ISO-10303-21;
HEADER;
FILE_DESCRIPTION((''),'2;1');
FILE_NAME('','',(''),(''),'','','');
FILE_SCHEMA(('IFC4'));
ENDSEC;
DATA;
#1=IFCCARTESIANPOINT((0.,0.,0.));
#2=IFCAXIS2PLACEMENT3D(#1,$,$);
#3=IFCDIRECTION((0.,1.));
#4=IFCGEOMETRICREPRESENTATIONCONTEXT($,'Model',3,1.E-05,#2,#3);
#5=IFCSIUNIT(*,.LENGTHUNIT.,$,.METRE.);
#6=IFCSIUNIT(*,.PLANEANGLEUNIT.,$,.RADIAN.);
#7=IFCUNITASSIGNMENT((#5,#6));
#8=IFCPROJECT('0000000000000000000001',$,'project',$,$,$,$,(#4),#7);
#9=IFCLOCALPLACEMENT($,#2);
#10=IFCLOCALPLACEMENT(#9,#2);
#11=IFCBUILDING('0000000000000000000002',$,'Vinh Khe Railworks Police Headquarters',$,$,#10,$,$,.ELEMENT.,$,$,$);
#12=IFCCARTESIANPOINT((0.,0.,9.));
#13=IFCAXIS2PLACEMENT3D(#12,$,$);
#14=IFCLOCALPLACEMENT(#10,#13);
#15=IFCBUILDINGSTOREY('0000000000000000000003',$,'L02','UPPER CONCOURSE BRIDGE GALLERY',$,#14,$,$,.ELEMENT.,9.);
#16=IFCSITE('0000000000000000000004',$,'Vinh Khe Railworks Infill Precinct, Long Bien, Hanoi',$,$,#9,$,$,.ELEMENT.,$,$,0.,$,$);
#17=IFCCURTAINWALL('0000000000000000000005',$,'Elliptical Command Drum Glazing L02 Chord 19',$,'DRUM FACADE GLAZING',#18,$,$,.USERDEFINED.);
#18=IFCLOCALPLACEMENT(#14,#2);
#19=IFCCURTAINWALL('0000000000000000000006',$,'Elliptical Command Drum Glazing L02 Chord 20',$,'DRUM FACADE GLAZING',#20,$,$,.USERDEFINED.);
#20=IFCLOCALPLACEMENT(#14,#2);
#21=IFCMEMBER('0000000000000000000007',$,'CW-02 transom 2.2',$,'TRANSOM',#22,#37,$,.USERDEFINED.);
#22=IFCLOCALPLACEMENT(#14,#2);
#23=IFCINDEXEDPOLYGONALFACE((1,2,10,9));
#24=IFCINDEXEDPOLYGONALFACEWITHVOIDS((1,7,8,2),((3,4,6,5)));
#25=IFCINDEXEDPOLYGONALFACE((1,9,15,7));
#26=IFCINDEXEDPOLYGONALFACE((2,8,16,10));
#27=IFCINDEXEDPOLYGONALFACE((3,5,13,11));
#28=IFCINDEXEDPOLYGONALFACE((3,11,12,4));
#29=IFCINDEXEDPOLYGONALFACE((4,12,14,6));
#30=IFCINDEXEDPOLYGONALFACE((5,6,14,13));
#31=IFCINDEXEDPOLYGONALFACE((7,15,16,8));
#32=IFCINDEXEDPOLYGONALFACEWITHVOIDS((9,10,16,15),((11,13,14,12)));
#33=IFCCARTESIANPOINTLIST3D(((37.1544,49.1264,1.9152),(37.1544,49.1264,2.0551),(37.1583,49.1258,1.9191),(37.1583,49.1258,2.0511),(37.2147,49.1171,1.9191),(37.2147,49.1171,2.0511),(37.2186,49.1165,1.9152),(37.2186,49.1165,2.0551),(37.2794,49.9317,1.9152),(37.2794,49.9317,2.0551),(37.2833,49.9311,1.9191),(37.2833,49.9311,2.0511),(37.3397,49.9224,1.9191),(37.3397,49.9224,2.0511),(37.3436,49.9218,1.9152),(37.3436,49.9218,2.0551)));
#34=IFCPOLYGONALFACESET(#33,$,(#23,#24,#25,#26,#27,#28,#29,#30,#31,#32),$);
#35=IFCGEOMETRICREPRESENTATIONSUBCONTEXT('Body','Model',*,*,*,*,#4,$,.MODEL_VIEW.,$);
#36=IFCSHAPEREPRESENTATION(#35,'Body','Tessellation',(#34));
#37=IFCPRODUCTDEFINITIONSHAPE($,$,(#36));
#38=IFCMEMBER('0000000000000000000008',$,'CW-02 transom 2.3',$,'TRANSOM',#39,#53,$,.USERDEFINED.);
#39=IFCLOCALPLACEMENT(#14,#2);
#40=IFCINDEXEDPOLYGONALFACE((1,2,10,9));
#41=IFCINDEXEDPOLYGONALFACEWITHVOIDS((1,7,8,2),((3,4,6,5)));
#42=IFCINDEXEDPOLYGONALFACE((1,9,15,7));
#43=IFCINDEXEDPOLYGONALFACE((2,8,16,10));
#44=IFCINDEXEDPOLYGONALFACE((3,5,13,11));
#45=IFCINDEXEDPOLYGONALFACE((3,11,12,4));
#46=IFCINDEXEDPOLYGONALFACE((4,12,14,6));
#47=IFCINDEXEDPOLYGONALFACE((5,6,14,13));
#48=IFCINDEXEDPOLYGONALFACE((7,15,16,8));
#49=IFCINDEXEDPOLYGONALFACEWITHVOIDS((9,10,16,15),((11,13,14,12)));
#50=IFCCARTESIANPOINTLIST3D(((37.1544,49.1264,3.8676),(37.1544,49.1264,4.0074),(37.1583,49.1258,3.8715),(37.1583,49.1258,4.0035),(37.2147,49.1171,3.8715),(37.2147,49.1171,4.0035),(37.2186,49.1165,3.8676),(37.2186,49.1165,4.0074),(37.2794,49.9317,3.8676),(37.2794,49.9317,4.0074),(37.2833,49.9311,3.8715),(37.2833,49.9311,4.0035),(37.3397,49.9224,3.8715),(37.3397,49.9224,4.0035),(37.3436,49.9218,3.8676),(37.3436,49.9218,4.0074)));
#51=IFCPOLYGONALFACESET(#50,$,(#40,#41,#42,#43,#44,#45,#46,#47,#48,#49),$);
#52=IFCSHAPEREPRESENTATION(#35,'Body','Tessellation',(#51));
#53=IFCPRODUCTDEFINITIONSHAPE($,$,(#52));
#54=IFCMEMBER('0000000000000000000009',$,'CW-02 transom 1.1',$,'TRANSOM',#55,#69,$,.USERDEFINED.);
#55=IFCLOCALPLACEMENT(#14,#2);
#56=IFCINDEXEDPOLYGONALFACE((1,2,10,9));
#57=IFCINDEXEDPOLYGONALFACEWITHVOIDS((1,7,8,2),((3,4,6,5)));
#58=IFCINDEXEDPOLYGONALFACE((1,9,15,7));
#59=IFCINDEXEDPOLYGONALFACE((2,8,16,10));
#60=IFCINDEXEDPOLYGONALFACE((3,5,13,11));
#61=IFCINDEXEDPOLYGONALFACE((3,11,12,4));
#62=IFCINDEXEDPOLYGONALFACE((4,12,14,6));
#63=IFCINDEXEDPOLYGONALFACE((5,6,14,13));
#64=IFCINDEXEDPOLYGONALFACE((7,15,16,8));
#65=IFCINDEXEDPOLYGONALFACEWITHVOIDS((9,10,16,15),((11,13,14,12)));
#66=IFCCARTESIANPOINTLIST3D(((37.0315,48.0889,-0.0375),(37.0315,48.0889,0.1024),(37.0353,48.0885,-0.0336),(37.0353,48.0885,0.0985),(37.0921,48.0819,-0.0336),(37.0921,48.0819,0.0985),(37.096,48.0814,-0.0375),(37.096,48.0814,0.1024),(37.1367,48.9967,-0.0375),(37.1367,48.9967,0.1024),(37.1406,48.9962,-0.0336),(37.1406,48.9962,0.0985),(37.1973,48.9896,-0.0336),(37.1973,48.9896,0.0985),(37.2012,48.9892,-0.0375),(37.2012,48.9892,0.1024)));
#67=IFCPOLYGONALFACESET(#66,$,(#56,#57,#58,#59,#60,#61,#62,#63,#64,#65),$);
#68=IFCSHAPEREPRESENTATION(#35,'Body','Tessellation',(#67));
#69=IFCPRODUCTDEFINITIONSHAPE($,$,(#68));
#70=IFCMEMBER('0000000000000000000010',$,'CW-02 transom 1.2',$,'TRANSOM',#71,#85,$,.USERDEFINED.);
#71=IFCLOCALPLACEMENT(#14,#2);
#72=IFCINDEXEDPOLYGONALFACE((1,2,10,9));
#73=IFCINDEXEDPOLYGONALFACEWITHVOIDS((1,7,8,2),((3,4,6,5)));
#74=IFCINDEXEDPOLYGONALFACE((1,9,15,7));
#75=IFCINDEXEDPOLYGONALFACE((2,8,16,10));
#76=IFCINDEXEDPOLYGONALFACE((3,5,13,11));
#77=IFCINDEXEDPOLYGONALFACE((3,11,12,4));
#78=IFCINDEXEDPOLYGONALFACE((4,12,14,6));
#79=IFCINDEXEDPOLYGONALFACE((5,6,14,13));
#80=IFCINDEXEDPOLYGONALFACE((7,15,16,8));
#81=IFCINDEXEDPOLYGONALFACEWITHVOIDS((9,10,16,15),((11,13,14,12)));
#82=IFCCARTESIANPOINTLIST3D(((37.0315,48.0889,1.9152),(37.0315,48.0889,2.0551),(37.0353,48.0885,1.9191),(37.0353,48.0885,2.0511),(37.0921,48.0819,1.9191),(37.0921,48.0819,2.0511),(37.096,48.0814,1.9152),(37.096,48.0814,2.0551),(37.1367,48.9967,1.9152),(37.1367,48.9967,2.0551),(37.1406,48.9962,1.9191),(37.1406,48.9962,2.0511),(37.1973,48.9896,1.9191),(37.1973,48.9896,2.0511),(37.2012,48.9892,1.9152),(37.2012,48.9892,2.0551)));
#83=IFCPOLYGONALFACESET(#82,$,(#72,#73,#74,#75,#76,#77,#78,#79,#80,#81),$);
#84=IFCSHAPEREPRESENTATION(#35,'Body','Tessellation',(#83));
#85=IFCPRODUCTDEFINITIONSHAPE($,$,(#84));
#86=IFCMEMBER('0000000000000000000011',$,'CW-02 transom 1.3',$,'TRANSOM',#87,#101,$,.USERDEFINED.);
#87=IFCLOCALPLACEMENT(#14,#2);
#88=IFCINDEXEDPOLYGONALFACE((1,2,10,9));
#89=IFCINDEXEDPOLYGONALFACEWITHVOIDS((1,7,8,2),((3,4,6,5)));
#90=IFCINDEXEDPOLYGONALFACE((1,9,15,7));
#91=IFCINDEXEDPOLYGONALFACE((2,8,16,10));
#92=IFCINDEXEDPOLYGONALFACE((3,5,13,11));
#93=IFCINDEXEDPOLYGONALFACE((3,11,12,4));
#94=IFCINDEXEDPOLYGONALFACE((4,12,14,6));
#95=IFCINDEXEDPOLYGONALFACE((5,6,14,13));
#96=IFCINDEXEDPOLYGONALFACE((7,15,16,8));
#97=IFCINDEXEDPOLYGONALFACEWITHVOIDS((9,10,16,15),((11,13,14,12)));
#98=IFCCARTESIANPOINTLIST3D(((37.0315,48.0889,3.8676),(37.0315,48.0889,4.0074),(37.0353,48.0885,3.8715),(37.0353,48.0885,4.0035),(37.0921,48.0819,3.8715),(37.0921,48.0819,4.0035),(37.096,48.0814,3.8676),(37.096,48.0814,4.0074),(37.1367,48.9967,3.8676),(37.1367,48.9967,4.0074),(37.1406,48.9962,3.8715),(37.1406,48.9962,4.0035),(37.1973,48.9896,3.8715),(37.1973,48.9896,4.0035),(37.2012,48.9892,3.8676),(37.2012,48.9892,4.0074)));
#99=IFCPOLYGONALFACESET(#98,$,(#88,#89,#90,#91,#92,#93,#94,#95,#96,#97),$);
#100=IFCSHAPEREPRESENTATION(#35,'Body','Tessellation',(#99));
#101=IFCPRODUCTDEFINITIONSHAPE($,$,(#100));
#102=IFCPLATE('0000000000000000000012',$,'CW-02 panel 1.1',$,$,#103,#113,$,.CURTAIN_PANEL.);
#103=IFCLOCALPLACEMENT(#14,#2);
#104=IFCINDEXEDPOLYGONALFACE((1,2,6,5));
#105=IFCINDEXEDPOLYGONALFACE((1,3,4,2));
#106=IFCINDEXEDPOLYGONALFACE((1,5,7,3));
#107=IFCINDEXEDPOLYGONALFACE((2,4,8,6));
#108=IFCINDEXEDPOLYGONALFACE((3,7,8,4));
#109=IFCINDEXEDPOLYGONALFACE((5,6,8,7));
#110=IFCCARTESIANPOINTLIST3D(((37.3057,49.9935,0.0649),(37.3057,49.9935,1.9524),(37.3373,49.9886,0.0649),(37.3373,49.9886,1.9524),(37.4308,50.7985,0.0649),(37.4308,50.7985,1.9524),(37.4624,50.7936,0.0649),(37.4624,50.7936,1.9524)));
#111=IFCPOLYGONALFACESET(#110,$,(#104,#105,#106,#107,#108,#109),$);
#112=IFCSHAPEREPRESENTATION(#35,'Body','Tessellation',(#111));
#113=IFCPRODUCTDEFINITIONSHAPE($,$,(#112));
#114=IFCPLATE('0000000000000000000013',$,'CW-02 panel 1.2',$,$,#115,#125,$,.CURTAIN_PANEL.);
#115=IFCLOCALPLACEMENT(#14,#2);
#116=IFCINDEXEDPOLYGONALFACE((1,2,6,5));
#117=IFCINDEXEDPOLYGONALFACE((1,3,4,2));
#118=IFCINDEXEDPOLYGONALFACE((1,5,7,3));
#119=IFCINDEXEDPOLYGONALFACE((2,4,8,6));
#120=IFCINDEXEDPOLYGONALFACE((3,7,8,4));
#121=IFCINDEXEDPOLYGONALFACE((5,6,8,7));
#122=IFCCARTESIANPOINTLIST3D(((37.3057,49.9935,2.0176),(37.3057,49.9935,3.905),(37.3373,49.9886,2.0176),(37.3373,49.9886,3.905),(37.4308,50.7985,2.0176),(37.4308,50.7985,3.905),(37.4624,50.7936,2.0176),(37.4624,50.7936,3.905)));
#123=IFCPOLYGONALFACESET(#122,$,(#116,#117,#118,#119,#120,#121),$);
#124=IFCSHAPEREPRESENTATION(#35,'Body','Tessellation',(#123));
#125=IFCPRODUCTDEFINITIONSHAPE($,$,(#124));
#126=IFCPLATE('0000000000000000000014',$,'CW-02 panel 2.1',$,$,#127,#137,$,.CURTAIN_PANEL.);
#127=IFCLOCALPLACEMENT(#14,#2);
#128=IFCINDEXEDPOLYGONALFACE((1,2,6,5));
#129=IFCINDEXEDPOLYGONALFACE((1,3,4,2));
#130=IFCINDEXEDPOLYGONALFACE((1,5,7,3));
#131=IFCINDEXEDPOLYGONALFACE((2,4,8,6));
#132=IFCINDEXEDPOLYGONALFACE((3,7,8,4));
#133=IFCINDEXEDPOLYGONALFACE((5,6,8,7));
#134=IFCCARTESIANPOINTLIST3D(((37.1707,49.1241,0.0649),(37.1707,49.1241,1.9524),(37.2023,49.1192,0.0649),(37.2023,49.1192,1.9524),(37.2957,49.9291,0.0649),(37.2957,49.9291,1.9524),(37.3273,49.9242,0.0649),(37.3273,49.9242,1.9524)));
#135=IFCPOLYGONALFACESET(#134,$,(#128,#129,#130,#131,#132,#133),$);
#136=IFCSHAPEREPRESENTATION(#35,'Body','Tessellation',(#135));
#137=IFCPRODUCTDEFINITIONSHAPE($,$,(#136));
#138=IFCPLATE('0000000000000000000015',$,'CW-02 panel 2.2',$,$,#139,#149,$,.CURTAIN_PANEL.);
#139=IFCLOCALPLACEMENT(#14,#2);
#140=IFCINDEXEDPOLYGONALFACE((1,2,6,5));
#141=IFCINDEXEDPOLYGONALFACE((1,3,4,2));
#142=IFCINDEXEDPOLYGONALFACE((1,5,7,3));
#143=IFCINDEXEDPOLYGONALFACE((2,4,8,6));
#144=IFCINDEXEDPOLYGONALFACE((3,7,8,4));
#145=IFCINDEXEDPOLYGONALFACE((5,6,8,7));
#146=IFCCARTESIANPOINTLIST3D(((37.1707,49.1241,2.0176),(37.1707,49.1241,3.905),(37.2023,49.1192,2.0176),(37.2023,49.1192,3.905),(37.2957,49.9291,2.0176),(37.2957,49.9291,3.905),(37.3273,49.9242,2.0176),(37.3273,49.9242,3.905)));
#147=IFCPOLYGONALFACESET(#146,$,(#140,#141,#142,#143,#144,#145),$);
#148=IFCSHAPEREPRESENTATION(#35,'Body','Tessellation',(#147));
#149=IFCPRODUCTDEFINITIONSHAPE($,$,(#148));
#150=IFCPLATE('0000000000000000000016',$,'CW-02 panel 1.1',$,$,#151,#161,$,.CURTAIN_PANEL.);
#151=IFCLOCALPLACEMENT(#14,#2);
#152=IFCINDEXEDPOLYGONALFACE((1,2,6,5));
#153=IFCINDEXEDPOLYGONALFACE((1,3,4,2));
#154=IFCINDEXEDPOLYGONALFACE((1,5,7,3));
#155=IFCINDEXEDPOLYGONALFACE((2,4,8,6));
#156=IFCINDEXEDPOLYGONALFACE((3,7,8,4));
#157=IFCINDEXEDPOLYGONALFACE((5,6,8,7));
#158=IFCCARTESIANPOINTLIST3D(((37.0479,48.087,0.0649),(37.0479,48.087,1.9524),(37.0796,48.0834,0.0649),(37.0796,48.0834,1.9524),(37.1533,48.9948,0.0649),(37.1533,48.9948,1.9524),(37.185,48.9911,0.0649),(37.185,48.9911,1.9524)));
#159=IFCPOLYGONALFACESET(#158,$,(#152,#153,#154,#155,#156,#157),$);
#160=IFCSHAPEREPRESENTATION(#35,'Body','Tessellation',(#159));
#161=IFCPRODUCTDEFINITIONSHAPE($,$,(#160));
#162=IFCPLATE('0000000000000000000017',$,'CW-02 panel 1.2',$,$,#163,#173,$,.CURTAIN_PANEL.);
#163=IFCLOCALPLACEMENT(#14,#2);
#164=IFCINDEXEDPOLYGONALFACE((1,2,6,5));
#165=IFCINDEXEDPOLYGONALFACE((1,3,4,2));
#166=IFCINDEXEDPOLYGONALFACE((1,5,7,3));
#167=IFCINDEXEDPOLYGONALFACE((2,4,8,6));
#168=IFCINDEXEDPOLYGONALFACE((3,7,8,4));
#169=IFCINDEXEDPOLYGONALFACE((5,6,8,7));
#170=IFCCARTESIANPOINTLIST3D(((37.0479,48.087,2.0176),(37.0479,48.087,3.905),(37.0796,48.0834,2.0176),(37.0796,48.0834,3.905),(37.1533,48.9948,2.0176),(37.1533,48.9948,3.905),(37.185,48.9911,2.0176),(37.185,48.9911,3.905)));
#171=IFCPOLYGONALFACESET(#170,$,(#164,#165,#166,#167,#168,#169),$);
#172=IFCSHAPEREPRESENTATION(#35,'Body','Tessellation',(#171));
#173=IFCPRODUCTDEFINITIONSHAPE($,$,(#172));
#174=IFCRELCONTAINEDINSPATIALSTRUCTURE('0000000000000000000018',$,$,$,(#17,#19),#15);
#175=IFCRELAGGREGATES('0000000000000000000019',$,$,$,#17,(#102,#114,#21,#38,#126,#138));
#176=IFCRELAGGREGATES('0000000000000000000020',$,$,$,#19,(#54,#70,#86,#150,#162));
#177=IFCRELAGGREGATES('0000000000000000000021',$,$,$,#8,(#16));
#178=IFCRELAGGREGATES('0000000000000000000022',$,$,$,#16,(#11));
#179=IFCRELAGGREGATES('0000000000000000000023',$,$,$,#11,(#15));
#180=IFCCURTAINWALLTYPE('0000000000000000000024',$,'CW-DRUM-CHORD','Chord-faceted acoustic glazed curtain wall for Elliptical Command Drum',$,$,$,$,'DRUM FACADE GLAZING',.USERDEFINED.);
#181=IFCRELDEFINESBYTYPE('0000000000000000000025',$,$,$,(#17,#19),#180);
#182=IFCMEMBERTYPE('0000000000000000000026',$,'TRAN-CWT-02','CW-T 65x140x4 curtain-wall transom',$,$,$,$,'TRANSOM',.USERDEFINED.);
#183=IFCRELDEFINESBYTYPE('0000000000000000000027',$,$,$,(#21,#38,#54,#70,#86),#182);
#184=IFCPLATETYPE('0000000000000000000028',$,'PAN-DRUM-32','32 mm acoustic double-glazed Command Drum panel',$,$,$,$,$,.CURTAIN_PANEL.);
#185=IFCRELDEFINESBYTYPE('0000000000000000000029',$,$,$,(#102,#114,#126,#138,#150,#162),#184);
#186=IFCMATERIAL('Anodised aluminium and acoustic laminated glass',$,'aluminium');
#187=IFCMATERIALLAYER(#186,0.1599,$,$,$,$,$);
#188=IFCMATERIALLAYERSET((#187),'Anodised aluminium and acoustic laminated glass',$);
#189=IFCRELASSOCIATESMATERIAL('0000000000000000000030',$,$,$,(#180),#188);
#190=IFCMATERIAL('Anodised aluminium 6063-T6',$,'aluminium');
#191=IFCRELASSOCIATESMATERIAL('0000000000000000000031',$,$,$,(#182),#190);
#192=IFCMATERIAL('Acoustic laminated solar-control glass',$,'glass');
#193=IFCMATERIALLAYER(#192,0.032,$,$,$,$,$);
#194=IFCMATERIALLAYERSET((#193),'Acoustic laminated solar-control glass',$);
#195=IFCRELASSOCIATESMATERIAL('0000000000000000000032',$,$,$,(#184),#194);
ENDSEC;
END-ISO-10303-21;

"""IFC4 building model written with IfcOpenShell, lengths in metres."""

from ifc_helpers import new_model, si_unit, direction, frame, origin, origin_2d, place, context, subcontext, project, spatial, rectangle, hollow_rectangle, extrude, material, layer, layer_set, material_profile, profile_set, type_object, element, aggregate, save


model = new_model("IFC4")

# Units and contexts
model_context = context("Model", 3, precision=1e-05, world=origin(), true_north=direction((0.0, 1.0)))
body_context = subcontext(model_context, "Body", "Model", "MODEL_VIEW")
ifc_project = project(units=[si_unit("LENGTHUNIT", "METRE"), si_unit("PLANEANGLEUNIT", "RADIAN")], contexts=[model_context])

# Site, building, storey
site_placement = place(None, origin())
site = spatial("IfcSite", under=ifc_project, at=site_placement, Name="Vinh Khe Railworks Infill Precinct, Long Bien, Hanoi", CompositionType="ELEMENT", RefElevation=0.0)
building_placement = place(site_placement, origin())
building = spatial("IfcBuilding", under=site, at=building_placement, Name="Vinh Khe Railworks Police Headquarters", CompositionType="ELEMENT")
storey_placement = place(building_placement, frame((0.0, 0.0, 9.0)))
storey = spatial("IfcBuildingStorey", under=building, at=storey_placement, Name="L02", Description="UPPER CONCOURSE BRIDGE GALLERY", CompositionType="ELEMENT", Elevation=9.0)

# Curtain wall
ifc_material_1 = material(Name="Anodised aluminium and acoustic laminated glass", Category="aluminium")
ifc_layer_1 = layer(ifc_material_1, 0.1599)
ifc_layer_set_1 = layer_set([ifc_layer_1], Name="Anodised aluminium and acoustic laminated glass")
curtain_wall_type = type_object("IfcCurtainWallType", Name="CW-DRUM-CHORD", Description="Chord-faceted acoustic glazed curtain wall for Elliptical Command Drum", ElementType="DRUM FACADE GLAZING", PredefinedType="USERDEFINED", material=ifc_layer_set_1)
curtain_wall_1_placement = place(storey_placement, origin())
curtain_wall_1 = element("IfcCurtainWall", 1, at=curtain_wall_1_placement, inside=storey, type_object=curtain_wall_type, Name="Elliptical Command Drum Glazing L02 Chord 19", ObjectType="DRUM FACADE GLAZING", PredefinedType="USERDEFINED")
ifc_material_2 = material(Name="Anodised aluminium 6063-T6", Category="aluminium")

# Curtain wall
curtain_wall_2_placement = place(storey_placement, origin())
curtain_wall_2 = element("IfcCurtainWall", 2, at=curtain_wall_2_placement, inside=storey, type_object=curtain_wall_type, Name="Elliptical Command Drum Glazing L02 Chord 20", ObjectType="DRUM FACADE GLAZING", PredefinedType="USERDEFINED")

# Members
ifc_material_profile_1 = material_profile(ifc_material_2, hollow_rectangle(XDim=0.0649, YDim=0.1399, WallThickness=0.0039, at=origin_2d()), Name="CW-T 65x140x4")
ifc_profile_set_1 = profile_set([ifc_material_profile_1], Name="Anodised aluminium 6063-T6")
member_type_1 = type_object("IfcMemberType", Name="TRAN-CWT-02", Description="CW-T 65x140x4 curtain-wall transom", ElementType="TRANSOM", PredefinedType="USERDEFINED", material=ifc_profile_set_1)
member_1_placement = place(storey_placement, frame((37.3115, 49.9268, 1.9851), z_axis=(-0.153408, -0.988163, 0.0), x_axis=(0.988163, -0.153408, 0.0)))
member_1 = element("IfcMember", 3, at=member_1_placement, type_object=member_type_1, Name="CW-02 transom 2.2", ObjectType="TRANSOM", PredefinedType="USERDEFINED", context=body_context, shape_type="SweptSolid", body=[
    extrude(hollow_rectangle(XDim=0.0649, YDim=0.1399, WallThickness=0.0039, at=origin_2d()), origin(), (0.0, 0.0, 1.0), 0.8149),
])
member_2_placement = place(storey_placement, frame((37.3115, 49.9268, 3.9375), z_axis=(-0.153408, -0.988163, 0.0), x_axis=(0.988163, -0.153408, 0.0)))
member_2 = element("IfcMember", 4, at=member_2_placement, type_object=member_type_1, Name="CW-02 transom 2.3", ObjectType="TRANSOM", PredefinedType="USERDEFINED", context=body_context, shape_type="SweptSolid", body=[
    extrude(hollow_rectangle(XDim=0.0649, YDim=0.1399, WallThickness=0.0039, at=origin_2d()), origin(), (0.0, 0.0, 1.0), 0.8149),
])
member_3_placement = place(storey_placement, frame((37.1689, 48.9929, 0.0325), z_axis=(-0.115151, -0.993348, 0.0), x_axis=(0.993348, -0.115151, 0.0)))
member_3 = element("IfcMember", 5, at=member_3_placement, type_object=member_type_1, Name="CW-02 transom 1.1", ObjectType="TRANSOM", PredefinedType="USERDEFINED", context=body_context, shape_type="SweptSolid", body=[
    extrude(hollow_rectangle(XDim=0.0649, YDim=0.1399, WallThickness=0.0039, at=origin_2d()), origin(), (0.0, 0.0, 1.0), 0.9138),
])
member_4_placement = place(storey_placement, frame((37.1689, 48.9929, 1.9851), z_axis=(-0.115151, -0.993348, 0.0), x_axis=(0.993348, -0.115151, 0.0)))
member_4 = element("IfcMember", 6, at=member_4_placement, type_object=member_type_1, Name="CW-02 transom 1.2", ObjectType="TRANSOM", PredefinedType="USERDEFINED", context=body_context, shape_type="SweptSolid", body=[
    extrude(hollow_rectangle(XDim=0.0649, YDim=0.1399, WallThickness=0.0039, at=origin_2d()), origin(), (0.0, 0.0, 1.0), 0.9138),
])
member_5_placement = place(storey_placement, frame((37.1689, 48.9929, 3.9375), z_axis=(-0.115151, -0.993348, 0.0), x_axis=(0.993348, -0.115151, 0.0)))
member_5 = element("IfcMember", 7, at=member_5_placement, type_object=member_type_1, Name="CW-02 transom 1.3", ObjectType="TRANSOM", PredefinedType="USERDEFINED", context=body_context, shape_type="SweptSolid", body=[
    extrude(hollow_rectangle(XDim=0.0649, YDim=0.1399, WallThickness=0.0039, at=origin_2d()), origin(), (0.0, 0.0, 1.0), 0.9138),
])

# Plates
ifc_material_3 = material(Name="Acoustic laminated solar-control glass", Category="glass")
ifc_layer_2 = layer(ifc_material_3, 0.032)
ifc_layer_set_2 = layer_set([ifc_layer_2], Name="Acoustic laminated solar-control glass")
plate_type = type_object("IfcPlateType", Name="PAN-DRUM-32", Description="32 mm acoustic double-glazed Command Drum panel", PredefinedType="CURTAIN_PANEL", material=ifc_layer_set_2)
plate_1_placement = place(storey_placement, frame((37.384, 50.3936, 0.0649), z_axis=(0.0, 0.0, 1.0), x_axis=(-0.15349, -0.98815, 0.0)))
plate_1 = element("IfcPlate", 8, at=plate_1_placement, type_object=plate_type, Name="CW-02 panel 1.1", PredefinedType="CURTAIN_PANEL", context=body_context, shape_type="SweptSolid", body=[
    extrude(rectangle(XDim=0.8147, YDim=0.032, at=origin_2d()), origin(), (0.0, 0.0, 1.0), 1.8875),
])
plate_2_placement = place(storey_placement, frame((37.384, 50.3936, 2.0176), z_axis=(0.0, 0.0, 1.0), x_axis=(-0.15349, -0.98815, 0.0)))
plate_2 = element("IfcPlate", 9, at=plate_2_placement, type_object=plate_type, Name="CW-02 panel 1.2", PredefinedType="CURTAIN_PANEL", context=body_context, shape_type="SweptSolid", body=[
    extrude(rectangle(XDim=0.8147, YDim=0.032, at=origin_2d()), origin(), (0.0, 0.0, 1.0), 1.8875),
])
plate_3_placement = place(storey_placement, frame((37.249, 49.5242, 0.0649), z_axis=(0.0, 0.0, 1.0), x_axis=(-0.15349, -0.98815, 0.0)))
plate_3 = element("IfcPlate", 10, at=plate_3_placement, type_object=plate_type, Name="CW-02 panel 2.1", PredefinedType="CURTAIN_PANEL", context=body_context, shape_type="SweptSolid", body=[
    extrude(rectangle(XDim=0.8147, YDim=0.032, at=origin_2d()), origin(), (0.0, 0.0, 1.0), 1.8875),
])
plate_4_placement = place(storey_placement, frame((37.249, 49.5242, 2.0176), z_axis=(0.0, 0.0, 1.0), x_axis=(-0.15349, -0.98815, 0.0)))
plate_4 = element("IfcPlate", 11, at=plate_4_placement, type_object=plate_type, Name="CW-02 panel 2.2", PredefinedType="CURTAIN_PANEL", context=body_context, shape_type="SweptSolid", body=[
    extrude(rectangle(XDim=0.8147, YDim=0.032, at=origin_2d()), origin(), (0.0, 0.0, 1.0), 1.8875),
])
aggregate(curtain_wall_1, [plate_1, plate_2, member_1, member_2, plate_3, plate_4])
plate_5_placement = place(storey_placement, frame((37.1165, 48.5391, 0.0649), z_axis=(0.0, 0.0, 1.0), x_axis=(-0.115318, -0.993329, 0.0)))
plate_5 = element("IfcPlate", 12, at=plate_5_placement, type_object=plate_type, Name="CW-02 panel 1.1", PredefinedType="CURTAIN_PANEL", context=body_context, shape_type="SweptSolid", body=[
    extrude(rectangle(XDim=0.9138, YDim=0.032, at=origin_2d()), origin(), (0.0, 0.0, 1.0), 1.8875),
])
plate_6_placement = place(storey_placement, frame((37.1165, 48.5391, 2.0176), z_axis=(0.0, 0.0, 1.0), x_axis=(-0.115318, -0.993329, 0.0)))
plate_6 = element("IfcPlate", 13, at=plate_6_placement, type_object=plate_type, Name="CW-02 panel 1.2", PredefinedType="CURTAIN_PANEL", context=body_context, shape_type="SweptSolid", body=[
    extrude(rectangle(XDim=0.9138, YDim=0.032, at=origin_2d()), origin(), (0.0, 0.0, 1.0), 1.8875),
])
aggregate(curtain_wall_2, [member_3, member_4, member_5, plate_5, plate_6])

save(model, "model.ifc")
